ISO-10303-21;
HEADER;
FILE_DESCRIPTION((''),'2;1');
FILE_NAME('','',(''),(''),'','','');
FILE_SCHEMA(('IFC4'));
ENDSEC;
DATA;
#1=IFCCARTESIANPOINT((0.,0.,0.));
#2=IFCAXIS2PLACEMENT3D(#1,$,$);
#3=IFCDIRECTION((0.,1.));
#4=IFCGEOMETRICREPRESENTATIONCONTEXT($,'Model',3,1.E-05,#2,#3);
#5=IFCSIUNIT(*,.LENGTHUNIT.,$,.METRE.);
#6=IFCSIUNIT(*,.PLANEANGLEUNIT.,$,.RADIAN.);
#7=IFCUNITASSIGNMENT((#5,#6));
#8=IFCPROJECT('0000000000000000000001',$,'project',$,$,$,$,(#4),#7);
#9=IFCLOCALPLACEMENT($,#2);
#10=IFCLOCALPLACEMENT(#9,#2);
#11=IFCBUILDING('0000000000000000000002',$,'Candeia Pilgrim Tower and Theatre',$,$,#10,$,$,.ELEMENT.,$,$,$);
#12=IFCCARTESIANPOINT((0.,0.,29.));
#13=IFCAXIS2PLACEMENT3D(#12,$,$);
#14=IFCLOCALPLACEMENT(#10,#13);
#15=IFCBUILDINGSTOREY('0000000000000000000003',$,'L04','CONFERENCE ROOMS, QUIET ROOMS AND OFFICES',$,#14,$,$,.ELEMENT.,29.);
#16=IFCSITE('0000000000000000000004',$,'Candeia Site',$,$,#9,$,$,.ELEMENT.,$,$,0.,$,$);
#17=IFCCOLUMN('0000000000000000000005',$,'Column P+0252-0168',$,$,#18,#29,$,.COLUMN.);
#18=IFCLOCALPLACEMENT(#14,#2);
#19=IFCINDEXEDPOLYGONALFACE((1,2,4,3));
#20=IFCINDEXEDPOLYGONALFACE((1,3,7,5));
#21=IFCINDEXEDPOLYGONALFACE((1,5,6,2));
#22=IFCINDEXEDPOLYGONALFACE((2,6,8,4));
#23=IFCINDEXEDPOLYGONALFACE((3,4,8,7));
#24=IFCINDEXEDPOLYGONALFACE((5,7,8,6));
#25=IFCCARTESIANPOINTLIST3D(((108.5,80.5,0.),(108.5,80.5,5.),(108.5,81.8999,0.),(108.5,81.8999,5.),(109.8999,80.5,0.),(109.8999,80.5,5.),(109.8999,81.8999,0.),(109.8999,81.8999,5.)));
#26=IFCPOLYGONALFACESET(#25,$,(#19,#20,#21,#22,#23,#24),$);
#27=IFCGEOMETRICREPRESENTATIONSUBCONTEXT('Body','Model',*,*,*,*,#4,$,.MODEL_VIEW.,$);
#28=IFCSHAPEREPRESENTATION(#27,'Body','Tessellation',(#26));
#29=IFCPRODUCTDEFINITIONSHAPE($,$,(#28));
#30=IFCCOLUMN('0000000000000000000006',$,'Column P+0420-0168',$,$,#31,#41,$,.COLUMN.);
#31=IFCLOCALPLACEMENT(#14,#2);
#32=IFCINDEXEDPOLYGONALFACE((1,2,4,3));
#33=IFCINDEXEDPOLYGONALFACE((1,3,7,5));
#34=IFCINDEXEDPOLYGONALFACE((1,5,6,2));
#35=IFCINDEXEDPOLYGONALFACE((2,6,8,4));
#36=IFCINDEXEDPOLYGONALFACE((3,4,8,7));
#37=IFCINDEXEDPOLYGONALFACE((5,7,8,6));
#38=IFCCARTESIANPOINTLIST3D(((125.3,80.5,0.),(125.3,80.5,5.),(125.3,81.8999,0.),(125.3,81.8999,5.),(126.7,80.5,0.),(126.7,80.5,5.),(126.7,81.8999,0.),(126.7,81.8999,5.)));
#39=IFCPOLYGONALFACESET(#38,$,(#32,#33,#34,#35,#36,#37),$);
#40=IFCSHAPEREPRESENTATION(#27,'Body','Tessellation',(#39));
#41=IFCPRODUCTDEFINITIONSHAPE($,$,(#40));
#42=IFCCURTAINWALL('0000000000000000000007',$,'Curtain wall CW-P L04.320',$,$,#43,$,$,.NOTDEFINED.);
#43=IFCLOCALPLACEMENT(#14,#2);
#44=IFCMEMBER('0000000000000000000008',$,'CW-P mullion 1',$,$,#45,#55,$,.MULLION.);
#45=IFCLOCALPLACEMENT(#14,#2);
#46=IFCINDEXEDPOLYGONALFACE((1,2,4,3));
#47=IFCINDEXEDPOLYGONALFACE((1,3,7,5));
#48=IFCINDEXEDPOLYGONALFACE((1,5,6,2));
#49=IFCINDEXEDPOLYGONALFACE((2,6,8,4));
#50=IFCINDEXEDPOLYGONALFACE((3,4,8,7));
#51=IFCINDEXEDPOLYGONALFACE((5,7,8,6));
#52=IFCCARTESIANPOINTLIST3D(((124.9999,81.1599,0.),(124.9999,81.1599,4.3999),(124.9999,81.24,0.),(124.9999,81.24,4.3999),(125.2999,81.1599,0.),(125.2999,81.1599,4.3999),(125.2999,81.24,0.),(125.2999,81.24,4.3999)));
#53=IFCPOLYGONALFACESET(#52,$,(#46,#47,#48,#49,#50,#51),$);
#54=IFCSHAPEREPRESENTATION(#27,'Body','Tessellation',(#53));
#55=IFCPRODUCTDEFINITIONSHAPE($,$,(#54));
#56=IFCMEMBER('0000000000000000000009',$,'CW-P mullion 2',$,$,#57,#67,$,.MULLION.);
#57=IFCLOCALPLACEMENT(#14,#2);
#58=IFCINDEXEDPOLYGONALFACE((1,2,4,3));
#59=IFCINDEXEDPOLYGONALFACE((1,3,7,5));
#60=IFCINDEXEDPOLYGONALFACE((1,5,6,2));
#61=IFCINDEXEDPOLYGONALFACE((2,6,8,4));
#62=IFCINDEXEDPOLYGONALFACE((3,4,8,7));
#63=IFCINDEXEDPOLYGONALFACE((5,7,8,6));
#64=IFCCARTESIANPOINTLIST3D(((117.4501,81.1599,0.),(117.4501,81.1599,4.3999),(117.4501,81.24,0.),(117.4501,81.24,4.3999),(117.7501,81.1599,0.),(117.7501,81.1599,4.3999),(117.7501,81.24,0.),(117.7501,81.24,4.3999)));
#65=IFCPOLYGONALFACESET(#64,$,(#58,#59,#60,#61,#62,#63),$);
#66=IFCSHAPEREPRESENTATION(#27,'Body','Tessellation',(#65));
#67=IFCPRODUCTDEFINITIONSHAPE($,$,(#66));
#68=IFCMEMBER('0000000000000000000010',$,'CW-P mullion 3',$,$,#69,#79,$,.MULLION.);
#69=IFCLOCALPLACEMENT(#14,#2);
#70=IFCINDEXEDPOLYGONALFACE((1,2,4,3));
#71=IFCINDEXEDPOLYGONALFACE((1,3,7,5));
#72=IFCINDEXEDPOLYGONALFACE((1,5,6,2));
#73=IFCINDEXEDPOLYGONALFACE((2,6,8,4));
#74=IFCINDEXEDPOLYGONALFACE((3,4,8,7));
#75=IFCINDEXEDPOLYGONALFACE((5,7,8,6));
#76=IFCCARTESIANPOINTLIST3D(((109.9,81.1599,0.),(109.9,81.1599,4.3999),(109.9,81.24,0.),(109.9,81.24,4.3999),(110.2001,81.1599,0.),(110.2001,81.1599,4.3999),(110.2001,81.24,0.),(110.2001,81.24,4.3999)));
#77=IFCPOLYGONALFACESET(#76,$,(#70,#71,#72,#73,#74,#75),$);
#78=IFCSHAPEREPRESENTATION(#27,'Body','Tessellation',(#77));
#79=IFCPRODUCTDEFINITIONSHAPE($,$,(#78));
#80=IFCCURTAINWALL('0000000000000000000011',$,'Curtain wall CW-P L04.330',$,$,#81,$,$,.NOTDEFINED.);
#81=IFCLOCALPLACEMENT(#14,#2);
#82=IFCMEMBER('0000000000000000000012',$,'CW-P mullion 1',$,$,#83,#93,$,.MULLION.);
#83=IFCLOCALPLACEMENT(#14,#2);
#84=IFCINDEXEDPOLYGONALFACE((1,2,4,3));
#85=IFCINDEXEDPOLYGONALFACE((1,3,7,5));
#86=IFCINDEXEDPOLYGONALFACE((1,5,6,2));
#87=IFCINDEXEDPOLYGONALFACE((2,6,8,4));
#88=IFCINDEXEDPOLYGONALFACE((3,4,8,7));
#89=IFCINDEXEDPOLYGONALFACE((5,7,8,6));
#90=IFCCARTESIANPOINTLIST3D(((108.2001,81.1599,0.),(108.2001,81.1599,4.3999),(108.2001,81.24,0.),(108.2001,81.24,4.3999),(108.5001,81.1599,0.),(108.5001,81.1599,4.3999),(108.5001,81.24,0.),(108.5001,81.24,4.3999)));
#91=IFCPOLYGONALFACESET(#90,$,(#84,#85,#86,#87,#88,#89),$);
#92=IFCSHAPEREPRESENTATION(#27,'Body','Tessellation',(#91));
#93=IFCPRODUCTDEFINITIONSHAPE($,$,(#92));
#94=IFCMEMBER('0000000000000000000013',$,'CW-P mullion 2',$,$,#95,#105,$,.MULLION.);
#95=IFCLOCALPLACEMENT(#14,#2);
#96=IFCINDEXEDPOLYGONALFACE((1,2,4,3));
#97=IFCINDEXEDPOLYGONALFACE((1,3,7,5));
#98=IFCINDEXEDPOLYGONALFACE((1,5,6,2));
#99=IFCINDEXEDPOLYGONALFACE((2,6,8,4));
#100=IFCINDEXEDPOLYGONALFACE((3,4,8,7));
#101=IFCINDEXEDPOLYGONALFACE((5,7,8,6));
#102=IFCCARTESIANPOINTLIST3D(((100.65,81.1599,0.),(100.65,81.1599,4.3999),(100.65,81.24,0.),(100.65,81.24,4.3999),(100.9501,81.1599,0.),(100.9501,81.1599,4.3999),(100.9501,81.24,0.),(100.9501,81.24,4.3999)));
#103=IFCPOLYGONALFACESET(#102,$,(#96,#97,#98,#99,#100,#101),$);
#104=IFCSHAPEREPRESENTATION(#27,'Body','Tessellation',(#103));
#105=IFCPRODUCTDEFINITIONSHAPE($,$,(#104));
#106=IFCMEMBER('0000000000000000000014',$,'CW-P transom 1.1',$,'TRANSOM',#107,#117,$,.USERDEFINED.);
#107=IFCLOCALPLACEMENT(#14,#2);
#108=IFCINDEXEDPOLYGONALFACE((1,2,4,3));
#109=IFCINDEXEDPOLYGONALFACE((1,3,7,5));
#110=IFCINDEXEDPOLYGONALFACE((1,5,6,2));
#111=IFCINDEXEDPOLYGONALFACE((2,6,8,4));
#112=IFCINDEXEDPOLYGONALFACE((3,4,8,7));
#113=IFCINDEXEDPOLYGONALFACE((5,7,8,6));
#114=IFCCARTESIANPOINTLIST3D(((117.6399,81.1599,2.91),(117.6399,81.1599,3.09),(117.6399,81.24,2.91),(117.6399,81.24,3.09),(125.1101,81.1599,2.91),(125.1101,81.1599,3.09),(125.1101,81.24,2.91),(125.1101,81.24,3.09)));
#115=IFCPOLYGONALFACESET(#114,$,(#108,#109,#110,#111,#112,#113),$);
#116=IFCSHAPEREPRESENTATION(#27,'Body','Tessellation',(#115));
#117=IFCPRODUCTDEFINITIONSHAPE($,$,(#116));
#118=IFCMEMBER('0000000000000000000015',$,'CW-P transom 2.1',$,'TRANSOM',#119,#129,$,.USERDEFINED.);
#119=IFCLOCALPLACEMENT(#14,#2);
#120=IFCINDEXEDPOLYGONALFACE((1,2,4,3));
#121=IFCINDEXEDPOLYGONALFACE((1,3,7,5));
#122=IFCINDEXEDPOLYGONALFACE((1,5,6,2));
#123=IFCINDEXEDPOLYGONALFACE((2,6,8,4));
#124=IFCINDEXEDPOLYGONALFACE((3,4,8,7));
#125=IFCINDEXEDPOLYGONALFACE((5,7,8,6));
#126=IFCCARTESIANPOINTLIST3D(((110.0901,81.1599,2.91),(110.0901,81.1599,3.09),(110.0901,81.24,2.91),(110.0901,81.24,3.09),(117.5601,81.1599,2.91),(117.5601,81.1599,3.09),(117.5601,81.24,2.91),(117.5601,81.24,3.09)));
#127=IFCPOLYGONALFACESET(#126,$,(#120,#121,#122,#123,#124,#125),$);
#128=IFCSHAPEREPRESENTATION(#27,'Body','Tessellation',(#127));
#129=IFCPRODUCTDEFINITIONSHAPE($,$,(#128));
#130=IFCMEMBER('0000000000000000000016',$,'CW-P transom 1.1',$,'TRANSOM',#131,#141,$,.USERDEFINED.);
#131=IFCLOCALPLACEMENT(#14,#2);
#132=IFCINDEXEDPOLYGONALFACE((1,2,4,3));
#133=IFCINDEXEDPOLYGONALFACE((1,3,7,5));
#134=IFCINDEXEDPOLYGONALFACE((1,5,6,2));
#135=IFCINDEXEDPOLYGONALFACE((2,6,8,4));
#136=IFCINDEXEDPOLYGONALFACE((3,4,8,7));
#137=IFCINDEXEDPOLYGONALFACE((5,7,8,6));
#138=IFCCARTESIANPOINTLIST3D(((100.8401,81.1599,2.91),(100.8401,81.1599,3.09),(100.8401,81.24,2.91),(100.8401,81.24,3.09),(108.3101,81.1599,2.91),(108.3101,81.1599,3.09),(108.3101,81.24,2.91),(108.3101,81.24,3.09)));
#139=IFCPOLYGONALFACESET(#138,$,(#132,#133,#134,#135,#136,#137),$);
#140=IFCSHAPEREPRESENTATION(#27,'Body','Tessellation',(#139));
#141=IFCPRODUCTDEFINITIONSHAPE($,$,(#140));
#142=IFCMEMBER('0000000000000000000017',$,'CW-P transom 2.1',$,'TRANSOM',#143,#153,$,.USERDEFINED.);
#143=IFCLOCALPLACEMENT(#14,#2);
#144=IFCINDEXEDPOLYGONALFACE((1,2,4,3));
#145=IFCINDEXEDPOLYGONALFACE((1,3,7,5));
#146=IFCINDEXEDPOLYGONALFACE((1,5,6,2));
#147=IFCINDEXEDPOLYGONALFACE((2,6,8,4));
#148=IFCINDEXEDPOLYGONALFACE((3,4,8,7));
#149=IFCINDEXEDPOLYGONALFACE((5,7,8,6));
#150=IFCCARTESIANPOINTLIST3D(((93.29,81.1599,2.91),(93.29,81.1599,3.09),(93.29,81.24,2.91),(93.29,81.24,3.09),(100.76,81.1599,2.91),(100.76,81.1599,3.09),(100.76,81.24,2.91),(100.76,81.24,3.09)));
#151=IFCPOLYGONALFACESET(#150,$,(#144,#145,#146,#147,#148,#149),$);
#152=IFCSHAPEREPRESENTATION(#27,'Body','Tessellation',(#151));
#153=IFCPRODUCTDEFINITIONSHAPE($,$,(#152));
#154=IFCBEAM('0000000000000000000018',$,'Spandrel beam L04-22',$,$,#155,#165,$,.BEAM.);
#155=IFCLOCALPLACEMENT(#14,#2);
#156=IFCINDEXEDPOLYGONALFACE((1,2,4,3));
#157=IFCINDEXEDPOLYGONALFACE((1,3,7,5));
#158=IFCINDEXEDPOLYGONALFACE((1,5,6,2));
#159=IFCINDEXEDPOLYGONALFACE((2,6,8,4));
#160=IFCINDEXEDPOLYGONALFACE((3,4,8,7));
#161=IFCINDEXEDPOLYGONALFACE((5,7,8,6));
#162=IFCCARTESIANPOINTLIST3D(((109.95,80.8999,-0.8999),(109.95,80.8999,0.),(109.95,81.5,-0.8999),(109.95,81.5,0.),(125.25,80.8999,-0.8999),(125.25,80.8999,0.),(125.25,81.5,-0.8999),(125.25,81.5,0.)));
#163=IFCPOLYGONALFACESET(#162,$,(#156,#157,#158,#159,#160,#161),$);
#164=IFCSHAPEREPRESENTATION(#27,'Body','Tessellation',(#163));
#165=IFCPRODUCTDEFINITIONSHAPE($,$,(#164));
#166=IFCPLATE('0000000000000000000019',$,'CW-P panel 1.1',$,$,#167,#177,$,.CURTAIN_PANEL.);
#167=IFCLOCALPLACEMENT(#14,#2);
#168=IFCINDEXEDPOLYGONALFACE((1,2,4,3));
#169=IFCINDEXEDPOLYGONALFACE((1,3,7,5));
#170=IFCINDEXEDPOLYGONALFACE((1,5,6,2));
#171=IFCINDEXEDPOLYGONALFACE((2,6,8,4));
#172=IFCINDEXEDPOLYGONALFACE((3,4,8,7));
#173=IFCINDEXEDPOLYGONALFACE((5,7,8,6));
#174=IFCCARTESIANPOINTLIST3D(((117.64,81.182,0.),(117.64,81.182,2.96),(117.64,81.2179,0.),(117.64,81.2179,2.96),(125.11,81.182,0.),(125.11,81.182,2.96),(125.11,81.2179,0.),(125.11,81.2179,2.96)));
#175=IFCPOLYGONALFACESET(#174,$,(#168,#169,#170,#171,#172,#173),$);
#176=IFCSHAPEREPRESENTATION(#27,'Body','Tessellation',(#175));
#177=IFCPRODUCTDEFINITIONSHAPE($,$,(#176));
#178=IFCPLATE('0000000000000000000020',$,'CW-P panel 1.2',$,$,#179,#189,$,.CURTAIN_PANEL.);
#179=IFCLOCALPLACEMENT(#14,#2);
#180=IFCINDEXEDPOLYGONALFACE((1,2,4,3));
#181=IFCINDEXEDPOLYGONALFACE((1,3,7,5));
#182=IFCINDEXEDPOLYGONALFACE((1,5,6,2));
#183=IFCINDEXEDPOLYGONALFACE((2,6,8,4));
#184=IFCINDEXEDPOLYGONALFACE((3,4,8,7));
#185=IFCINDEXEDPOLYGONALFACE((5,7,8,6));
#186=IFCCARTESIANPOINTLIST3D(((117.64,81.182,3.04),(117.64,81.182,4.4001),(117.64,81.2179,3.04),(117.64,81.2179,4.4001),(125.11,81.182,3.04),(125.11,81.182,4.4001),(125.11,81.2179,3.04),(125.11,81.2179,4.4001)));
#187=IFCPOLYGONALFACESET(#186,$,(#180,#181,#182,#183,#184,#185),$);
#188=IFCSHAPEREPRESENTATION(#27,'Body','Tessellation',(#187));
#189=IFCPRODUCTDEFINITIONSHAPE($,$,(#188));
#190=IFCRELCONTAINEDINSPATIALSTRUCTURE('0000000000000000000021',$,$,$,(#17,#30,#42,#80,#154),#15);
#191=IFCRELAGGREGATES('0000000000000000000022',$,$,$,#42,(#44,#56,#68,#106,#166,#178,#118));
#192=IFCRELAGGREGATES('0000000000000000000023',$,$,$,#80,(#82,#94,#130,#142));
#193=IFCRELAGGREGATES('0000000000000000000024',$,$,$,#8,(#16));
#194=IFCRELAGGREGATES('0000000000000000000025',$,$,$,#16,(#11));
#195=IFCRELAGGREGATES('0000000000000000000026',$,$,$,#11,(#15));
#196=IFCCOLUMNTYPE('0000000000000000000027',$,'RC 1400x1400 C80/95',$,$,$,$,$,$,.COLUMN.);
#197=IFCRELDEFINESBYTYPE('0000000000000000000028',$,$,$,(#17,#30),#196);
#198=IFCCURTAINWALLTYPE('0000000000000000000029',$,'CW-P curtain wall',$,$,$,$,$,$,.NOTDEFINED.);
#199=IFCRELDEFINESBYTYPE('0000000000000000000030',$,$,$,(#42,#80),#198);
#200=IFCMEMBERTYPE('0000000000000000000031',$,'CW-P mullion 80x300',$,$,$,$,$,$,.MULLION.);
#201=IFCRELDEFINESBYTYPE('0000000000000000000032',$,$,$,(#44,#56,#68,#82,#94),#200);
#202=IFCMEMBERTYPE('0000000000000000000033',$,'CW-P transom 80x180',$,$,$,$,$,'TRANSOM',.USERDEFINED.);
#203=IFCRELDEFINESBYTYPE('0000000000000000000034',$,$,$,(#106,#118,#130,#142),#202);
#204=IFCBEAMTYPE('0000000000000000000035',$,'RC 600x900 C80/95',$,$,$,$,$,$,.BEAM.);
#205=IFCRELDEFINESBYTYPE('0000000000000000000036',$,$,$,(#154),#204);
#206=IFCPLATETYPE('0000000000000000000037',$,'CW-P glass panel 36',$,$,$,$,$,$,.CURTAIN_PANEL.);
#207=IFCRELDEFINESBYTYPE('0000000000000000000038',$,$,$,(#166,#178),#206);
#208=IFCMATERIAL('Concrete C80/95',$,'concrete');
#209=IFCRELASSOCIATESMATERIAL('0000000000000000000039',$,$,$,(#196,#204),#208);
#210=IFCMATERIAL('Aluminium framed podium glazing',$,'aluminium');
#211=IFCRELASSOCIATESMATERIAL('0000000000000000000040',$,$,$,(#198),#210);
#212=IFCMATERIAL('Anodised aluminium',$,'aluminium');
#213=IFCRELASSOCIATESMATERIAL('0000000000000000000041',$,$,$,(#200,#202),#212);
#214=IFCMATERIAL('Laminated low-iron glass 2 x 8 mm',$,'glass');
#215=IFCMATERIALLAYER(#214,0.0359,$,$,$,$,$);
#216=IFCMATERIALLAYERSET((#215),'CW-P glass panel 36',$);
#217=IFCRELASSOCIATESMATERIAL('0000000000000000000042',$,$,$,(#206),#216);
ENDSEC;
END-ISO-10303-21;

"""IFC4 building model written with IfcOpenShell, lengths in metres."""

from ifc_helpers import new_model, si_unit, direction, frame, origin, origin_2d, place, context, subcontext, project, spatial, rectangle, extrude, material, layer, layer_set, material_profile, profile_set, type_object, element, aggregate, save


model = new_model("IFC4")

# Units and contexts
model_context = context("Model", 3, precision=1e-05, world=origin(), true_north=direction((0.0, 1.0)))
body_context = subcontext(model_context, "Body", "Model", "MODEL_VIEW")
ifc_project = project(units=[si_unit("LENGTHUNIT", "METRE"), si_unit("PLANEANGLEUNIT", "RADIAN")], contexts=[model_context])

# Site, building, storey
site_placement = place(None, origin())
site = spatial("IfcSite", under=ifc_project, at=site_placement, Name="Candeia Site", CompositionType="ELEMENT", RefElevation=0.0)
building_placement = place(site_placement, origin())
building = spatial("IfcBuilding", under=site, at=building_placement, Name="Candeia Pilgrim Tower and Theatre", CompositionType="ELEMENT")
storey_placement = place(building_placement, frame((0.0, 0.0, 29.0)))
storey = spatial("IfcBuildingStorey", under=building, at=storey_placement, Name="L04", Description="CONFERENCE ROOMS, QUIET ROOMS AND OFFICES", CompositionType="ELEMENT", Elevation=29.0)

# Columns
ifc_material_1 = material(Name="Concrete C80/95", Category="concrete")
ifc_material_profile_1 = material_profile(ifc_material_1, rectangle(XDim=1.3999, YDim=1.3999, at=origin_2d()))
ifc_profile_set_1 = profile_set([ifc_material_profile_1], Name="Concrete C80/95")
column_type = type_object("IfcColumnType", Name="RC 1400x1400 C80/95", PredefinedType="COLUMN", material=ifc_profile_set_1)
for number, where, z_axis, x_axis, name in (
    (1, (109.2, 81.2, 0.0), (0.0, 0.0, 1.0), (1.0, 0.0, 0.0), "Column P+0252-0168"),
    (2, (126.0, 81.2, 0.0), (0.0, 0.0, 1.0), (1.0, 0.0, 0.0), "Column P+0420-0168"),
):
    element("IfcColumn", number, at=place(storey_placement, frame(where, z_axis=z_axis, x_axis=x_axis)), inside=storey, type_object=column_type, Name=name, PredefinedType="COLUMN", context=body_context, shape_type="SweptSolid", body=[
        extrude(rectangle(XDim=1.3999, YDim=1.3999, at=origin_2d()), origin(), (0.0, 0.0, 1.0), 5.0),
    ])

# Curtain walls, members
ifc_material_2 = material(Name="Aluminium framed podium glazing", Category="aluminium")
curtain_wall_type = type_object("IfcCurtainWallType", Name="CW-P curtain wall", PredefinedType="NOTDEFINED", material=ifc_material_2)
curtain_wall_1_placement = place(storey_placement, origin())
curtain_wall_1 = element("IfcCurtainWall", 3, at=curtain_wall_1_placement, inside=storey, type_object=curtain_wall_type, Name="Curtain wall CW-P L04.320", PredefinedType="NOTDEFINED")
ifc_material_3 = material(Name="Anodised aluminium", Category="aluminium")
ifc_material_profile_2 = material_profile(ifc_material_3, rectangle(XDim=0.0801, YDim=0.3, at=origin_2d()))
ifc_profile_set_2 = profile_set([ifc_material_profile_2], Name="Anodised aluminium")
member_type_1 = type_object("IfcMemberType", Name="CW-P mullion 80x300", PredefinedType="MULLION", material=ifc_profile_set_2)
member_1_placement = place(storey_placement, frame((125.1499, 81.2, 0.0), z_axis=(0.0, 0.0, 1.0), x_axis=(0.0, -1.0, 0.0)))
member_1 = element("IfcMember", 4, at=member_1_placement, type_object=member_type_1, Name="CW-P mullion 1", PredefinedType="MULLION", context=body_context, shape_type="SweptSolid", body=[
    extrude(rectangle(XDim=0.0801, YDim=0.3, at=origin_2d()), origin(), (0.0, 0.0, 1.0), 4.3999),
])
member_2_placement = place(storey_placement, frame((117.6001, 81.2, 0.0), z_axis=(0.0, 0.0, 1.0), x_axis=(0.0, -1.0, 0.0)))
member_2 = element("IfcMember", 5, at=member_2_placement, type_object=member_type_1, Name="CW-P mullion 2", PredefinedType="MULLION", context=body_context, shape_type="SweptSolid", body=[
    extrude(rectangle(XDim=0.0801, YDim=0.3, at=origin_2d()), origin(), (0.0, 0.0, 1.0), 4.3999),
])
member_3_placement = place(storey_placement, frame((110.05, 81.2, 0.0), z_axis=(0.0, 0.0, 1.0), x_axis=(0.0, -1.0, 0.0)))
member_3 = element("IfcMember", 6, at=member_3_placement, type_object=member_type_1, Name="CW-P mullion 3", PredefinedType="MULLION", context=body_context, shape_type="SweptSolid", body=[
    extrude(rectangle(XDim=0.0801, YDim=0.3, at=origin_2d()), origin(), (0.0, 0.0, 1.0), 4.3999),
])
curtain_wall_2_placement = place(storey_placement, origin())
curtain_wall_2 = element("IfcCurtainWall", 7, at=curtain_wall_2_placement, inside=storey, type_object=curtain_wall_type, Name="Curtain wall CW-P L04.330", PredefinedType="NOTDEFINED")
member_4_placement = place(storey_placement, frame((108.3501, 81.2, 0.0), z_axis=(0.0, 0.0, 1.0), x_axis=(0.0, -1.0, 0.0)))
member_4 = element("IfcMember", 8, at=member_4_placement, type_object=member_type_1, Name="CW-P mullion 1", PredefinedType="MULLION", context=body_context, shape_type="SweptSolid", body=[
    extrude(rectangle(XDim=0.0801, YDim=0.3, at=origin_2d()), origin(), (0.0, 0.0, 1.0), 4.3999),
])
member_5_placement = place(storey_placement, frame((100.8, 81.2, 0.0), z_axis=(0.0, 0.0, 1.0), x_axis=(0.0, -1.0, 0.0)))
member_5 = element("IfcMember", 9, at=member_5_placement, type_object=member_type_1, Name="CW-P mullion 2", PredefinedType="MULLION", context=body_context, shape_type="SweptSolid", body=[
    extrude(rectangle(XDim=0.0801, YDim=0.3, at=origin_2d()), origin(), (0.0, 0.0, 1.0), 4.3999),
])

# Members
ifc_material_profile_3 = material_profile(ifc_material_3, rectangle(XDim=0.0801, YDim=0.1799, at=origin_2d()))
ifc_profile_set_3 = profile_set([ifc_material_profile_3], Name="Anodised aluminium")
member_type_2 = type_object("IfcMemberType", Name="CW-P transom 80x180", ElementType="TRANSOM", PredefinedType="USERDEFINED", material=ifc_profile_set_3)
member_6_placement = place(storey_placement, frame((125.1101, 81.2, 3.0), z_axis=(-1.0, 0.0, 0.0), x_axis=(0.0, -1.0, 0.0)))
member_6 = element("IfcMember", 10, at=member_6_placement, type_object=member_type_2, Name="CW-P transom 1.1", ObjectType="TRANSOM", PredefinedType="USERDEFINED", context=body_context, shape_type="SweptSolid", body=[
    extrude(rectangle(XDim=0.0801, YDim=0.1799, at=origin_2d()), origin(), (0.0, 0.0, 1.0), 7.4702),
])
member_7_placement = place(storey_placement, frame((117.5601, 81.2, 3.0), z_axis=(-1.0, 0.0, 0.0), x_axis=(0.0, -1.0, 0.0)))
member_7 = element("IfcMember", 11, at=member_7_placement, type_object=member_type_2, Name="CW-P transom 2.1", ObjectType="TRANSOM", PredefinedType="USERDEFINED", context=body_context, shape_type="SweptSolid", body=[
    extrude(rectangle(XDim=0.0801, YDim=0.1799, at=origin_2d()), origin(), (0.0, 0.0, 1.0), 7.47),
])
member_8_placement = place(storey_placement, frame((108.3101, 81.2, 3.0), z_axis=(-1.0, 0.0, 0.0), x_axis=(0.0, -1.0, 0.0)))
member_8 = element("IfcMember", 12, at=member_8_placement, type_object=member_type_2, Name="CW-P transom 1.1", ObjectType="TRANSOM", PredefinedType="USERDEFINED", context=body_context, shape_type="SweptSolid", body=[
    extrude(rectangle(XDim=0.0801, YDim=0.1799, at=origin_2d()), origin(), (0.0, 0.0, 1.0), 7.47),
])
member_9_placement = place(storey_placement, frame((100.76, 81.2, 3.0), z_axis=(-1.0, 0.0, 0.0), x_axis=(0.0, -1.0, 0.0)))
member_9 = element("IfcMember", 13, at=member_9_placement, type_object=member_type_2, Name="CW-P transom 2.1", ObjectType="TRANSOM", PredefinedType="USERDEFINED", context=body_context, shape_type="SweptSolid", body=[
    extrude(rectangle(XDim=0.0801, YDim=0.1799, at=origin_2d()), origin(), (0.0, 0.0, 1.0), 7.47),
])

# Beam
ifc_material_profile_4 = material_profile(ifc_material_1, rectangle(XDim=0.6001, YDim=0.8999, at=origin_2d()))
ifc_profile_set_4 = profile_set([ifc_material_profile_4], Name="Concrete C80/95")
beam_type = type_object("IfcBeamType", Name="RC 600x900 C80/95", PredefinedType="BEAM", material=ifc_profile_set_4)
beam_placement = place(storey_placement, frame((109.95, 81.2, -0.45), z_axis=(1.0, 0.0, 0.0), x_axis=(0.0, 1.0, 0.0)))
element("IfcBeam", 14, at=beam_placement, inside=storey, type_object=beam_type, Name="Spandrel beam L04-22", PredefinedType="BEAM", context=body_context, shape_type="SweptSolid", body=[
    extrude(rectangle(XDim=0.6001, YDim=0.8999, at=origin_2d()), origin(), (0.0, 0.0, 1.0), 15.3),
])

# Plates
ifc_material_4 = material(Name="Laminated low-iron glass 2 x 8 mm", Category="glass")
ifc_layer = layer(ifc_material_4, 0.0359)
ifc_layer_set = layer_set([ifc_layer], Name="CW-P glass panel 36")
plate_type = type_object("IfcPlateType", Name="CW-P glass panel 36", PredefinedType="CURTAIN_PANEL", material=ifc_layer_set)
plate_1_placement = place(storey_placement, frame((121.375, 81.2, 0.0), z_axis=(0.0, 0.0, 1.0), x_axis=(-1.0, 0.0, 0.0)))
plate_1 = element("IfcPlate", 15, at=plate_1_placement, type_object=plate_type, Name="CW-P panel 1.1", PredefinedType="CURTAIN_PANEL", context=body_context, shape_type="SweptSolid", body=[
    extrude(rectangle(XDim=7.47, YDim=0.0359, at=origin_2d()), origin(), (0.0, 0.0, 1.0), 2.96),
])
plate_2_placement = place(storey_placement, frame((121.375, 81.2, 3.04), z_axis=(0.0, 0.0, 1.0), x_axis=(-1.0, 0.0, 0.0)))
plate_2 = element("IfcPlate", 16, at=plate_2_placement, type_object=plate_type, Name="CW-P panel 1.2", PredefinedType="CURTAIN_PANEL", context=body_context, shape_type="SweptSolid", body=[
    extrude(rectangle(XDim=7.47, YDim=0.0359, at=origin_2d()), origin(), (0.0, 0.0, 1.0), 1.3601),
])
aggregate(curtain_wall_1, [member_1, member_2, member_3, member_6, plate_1, plate_2, member_7])
aggregate(curtain_wall_2, [member_4, member_5, member_8, member_9])

save(model, "model.ifc")
